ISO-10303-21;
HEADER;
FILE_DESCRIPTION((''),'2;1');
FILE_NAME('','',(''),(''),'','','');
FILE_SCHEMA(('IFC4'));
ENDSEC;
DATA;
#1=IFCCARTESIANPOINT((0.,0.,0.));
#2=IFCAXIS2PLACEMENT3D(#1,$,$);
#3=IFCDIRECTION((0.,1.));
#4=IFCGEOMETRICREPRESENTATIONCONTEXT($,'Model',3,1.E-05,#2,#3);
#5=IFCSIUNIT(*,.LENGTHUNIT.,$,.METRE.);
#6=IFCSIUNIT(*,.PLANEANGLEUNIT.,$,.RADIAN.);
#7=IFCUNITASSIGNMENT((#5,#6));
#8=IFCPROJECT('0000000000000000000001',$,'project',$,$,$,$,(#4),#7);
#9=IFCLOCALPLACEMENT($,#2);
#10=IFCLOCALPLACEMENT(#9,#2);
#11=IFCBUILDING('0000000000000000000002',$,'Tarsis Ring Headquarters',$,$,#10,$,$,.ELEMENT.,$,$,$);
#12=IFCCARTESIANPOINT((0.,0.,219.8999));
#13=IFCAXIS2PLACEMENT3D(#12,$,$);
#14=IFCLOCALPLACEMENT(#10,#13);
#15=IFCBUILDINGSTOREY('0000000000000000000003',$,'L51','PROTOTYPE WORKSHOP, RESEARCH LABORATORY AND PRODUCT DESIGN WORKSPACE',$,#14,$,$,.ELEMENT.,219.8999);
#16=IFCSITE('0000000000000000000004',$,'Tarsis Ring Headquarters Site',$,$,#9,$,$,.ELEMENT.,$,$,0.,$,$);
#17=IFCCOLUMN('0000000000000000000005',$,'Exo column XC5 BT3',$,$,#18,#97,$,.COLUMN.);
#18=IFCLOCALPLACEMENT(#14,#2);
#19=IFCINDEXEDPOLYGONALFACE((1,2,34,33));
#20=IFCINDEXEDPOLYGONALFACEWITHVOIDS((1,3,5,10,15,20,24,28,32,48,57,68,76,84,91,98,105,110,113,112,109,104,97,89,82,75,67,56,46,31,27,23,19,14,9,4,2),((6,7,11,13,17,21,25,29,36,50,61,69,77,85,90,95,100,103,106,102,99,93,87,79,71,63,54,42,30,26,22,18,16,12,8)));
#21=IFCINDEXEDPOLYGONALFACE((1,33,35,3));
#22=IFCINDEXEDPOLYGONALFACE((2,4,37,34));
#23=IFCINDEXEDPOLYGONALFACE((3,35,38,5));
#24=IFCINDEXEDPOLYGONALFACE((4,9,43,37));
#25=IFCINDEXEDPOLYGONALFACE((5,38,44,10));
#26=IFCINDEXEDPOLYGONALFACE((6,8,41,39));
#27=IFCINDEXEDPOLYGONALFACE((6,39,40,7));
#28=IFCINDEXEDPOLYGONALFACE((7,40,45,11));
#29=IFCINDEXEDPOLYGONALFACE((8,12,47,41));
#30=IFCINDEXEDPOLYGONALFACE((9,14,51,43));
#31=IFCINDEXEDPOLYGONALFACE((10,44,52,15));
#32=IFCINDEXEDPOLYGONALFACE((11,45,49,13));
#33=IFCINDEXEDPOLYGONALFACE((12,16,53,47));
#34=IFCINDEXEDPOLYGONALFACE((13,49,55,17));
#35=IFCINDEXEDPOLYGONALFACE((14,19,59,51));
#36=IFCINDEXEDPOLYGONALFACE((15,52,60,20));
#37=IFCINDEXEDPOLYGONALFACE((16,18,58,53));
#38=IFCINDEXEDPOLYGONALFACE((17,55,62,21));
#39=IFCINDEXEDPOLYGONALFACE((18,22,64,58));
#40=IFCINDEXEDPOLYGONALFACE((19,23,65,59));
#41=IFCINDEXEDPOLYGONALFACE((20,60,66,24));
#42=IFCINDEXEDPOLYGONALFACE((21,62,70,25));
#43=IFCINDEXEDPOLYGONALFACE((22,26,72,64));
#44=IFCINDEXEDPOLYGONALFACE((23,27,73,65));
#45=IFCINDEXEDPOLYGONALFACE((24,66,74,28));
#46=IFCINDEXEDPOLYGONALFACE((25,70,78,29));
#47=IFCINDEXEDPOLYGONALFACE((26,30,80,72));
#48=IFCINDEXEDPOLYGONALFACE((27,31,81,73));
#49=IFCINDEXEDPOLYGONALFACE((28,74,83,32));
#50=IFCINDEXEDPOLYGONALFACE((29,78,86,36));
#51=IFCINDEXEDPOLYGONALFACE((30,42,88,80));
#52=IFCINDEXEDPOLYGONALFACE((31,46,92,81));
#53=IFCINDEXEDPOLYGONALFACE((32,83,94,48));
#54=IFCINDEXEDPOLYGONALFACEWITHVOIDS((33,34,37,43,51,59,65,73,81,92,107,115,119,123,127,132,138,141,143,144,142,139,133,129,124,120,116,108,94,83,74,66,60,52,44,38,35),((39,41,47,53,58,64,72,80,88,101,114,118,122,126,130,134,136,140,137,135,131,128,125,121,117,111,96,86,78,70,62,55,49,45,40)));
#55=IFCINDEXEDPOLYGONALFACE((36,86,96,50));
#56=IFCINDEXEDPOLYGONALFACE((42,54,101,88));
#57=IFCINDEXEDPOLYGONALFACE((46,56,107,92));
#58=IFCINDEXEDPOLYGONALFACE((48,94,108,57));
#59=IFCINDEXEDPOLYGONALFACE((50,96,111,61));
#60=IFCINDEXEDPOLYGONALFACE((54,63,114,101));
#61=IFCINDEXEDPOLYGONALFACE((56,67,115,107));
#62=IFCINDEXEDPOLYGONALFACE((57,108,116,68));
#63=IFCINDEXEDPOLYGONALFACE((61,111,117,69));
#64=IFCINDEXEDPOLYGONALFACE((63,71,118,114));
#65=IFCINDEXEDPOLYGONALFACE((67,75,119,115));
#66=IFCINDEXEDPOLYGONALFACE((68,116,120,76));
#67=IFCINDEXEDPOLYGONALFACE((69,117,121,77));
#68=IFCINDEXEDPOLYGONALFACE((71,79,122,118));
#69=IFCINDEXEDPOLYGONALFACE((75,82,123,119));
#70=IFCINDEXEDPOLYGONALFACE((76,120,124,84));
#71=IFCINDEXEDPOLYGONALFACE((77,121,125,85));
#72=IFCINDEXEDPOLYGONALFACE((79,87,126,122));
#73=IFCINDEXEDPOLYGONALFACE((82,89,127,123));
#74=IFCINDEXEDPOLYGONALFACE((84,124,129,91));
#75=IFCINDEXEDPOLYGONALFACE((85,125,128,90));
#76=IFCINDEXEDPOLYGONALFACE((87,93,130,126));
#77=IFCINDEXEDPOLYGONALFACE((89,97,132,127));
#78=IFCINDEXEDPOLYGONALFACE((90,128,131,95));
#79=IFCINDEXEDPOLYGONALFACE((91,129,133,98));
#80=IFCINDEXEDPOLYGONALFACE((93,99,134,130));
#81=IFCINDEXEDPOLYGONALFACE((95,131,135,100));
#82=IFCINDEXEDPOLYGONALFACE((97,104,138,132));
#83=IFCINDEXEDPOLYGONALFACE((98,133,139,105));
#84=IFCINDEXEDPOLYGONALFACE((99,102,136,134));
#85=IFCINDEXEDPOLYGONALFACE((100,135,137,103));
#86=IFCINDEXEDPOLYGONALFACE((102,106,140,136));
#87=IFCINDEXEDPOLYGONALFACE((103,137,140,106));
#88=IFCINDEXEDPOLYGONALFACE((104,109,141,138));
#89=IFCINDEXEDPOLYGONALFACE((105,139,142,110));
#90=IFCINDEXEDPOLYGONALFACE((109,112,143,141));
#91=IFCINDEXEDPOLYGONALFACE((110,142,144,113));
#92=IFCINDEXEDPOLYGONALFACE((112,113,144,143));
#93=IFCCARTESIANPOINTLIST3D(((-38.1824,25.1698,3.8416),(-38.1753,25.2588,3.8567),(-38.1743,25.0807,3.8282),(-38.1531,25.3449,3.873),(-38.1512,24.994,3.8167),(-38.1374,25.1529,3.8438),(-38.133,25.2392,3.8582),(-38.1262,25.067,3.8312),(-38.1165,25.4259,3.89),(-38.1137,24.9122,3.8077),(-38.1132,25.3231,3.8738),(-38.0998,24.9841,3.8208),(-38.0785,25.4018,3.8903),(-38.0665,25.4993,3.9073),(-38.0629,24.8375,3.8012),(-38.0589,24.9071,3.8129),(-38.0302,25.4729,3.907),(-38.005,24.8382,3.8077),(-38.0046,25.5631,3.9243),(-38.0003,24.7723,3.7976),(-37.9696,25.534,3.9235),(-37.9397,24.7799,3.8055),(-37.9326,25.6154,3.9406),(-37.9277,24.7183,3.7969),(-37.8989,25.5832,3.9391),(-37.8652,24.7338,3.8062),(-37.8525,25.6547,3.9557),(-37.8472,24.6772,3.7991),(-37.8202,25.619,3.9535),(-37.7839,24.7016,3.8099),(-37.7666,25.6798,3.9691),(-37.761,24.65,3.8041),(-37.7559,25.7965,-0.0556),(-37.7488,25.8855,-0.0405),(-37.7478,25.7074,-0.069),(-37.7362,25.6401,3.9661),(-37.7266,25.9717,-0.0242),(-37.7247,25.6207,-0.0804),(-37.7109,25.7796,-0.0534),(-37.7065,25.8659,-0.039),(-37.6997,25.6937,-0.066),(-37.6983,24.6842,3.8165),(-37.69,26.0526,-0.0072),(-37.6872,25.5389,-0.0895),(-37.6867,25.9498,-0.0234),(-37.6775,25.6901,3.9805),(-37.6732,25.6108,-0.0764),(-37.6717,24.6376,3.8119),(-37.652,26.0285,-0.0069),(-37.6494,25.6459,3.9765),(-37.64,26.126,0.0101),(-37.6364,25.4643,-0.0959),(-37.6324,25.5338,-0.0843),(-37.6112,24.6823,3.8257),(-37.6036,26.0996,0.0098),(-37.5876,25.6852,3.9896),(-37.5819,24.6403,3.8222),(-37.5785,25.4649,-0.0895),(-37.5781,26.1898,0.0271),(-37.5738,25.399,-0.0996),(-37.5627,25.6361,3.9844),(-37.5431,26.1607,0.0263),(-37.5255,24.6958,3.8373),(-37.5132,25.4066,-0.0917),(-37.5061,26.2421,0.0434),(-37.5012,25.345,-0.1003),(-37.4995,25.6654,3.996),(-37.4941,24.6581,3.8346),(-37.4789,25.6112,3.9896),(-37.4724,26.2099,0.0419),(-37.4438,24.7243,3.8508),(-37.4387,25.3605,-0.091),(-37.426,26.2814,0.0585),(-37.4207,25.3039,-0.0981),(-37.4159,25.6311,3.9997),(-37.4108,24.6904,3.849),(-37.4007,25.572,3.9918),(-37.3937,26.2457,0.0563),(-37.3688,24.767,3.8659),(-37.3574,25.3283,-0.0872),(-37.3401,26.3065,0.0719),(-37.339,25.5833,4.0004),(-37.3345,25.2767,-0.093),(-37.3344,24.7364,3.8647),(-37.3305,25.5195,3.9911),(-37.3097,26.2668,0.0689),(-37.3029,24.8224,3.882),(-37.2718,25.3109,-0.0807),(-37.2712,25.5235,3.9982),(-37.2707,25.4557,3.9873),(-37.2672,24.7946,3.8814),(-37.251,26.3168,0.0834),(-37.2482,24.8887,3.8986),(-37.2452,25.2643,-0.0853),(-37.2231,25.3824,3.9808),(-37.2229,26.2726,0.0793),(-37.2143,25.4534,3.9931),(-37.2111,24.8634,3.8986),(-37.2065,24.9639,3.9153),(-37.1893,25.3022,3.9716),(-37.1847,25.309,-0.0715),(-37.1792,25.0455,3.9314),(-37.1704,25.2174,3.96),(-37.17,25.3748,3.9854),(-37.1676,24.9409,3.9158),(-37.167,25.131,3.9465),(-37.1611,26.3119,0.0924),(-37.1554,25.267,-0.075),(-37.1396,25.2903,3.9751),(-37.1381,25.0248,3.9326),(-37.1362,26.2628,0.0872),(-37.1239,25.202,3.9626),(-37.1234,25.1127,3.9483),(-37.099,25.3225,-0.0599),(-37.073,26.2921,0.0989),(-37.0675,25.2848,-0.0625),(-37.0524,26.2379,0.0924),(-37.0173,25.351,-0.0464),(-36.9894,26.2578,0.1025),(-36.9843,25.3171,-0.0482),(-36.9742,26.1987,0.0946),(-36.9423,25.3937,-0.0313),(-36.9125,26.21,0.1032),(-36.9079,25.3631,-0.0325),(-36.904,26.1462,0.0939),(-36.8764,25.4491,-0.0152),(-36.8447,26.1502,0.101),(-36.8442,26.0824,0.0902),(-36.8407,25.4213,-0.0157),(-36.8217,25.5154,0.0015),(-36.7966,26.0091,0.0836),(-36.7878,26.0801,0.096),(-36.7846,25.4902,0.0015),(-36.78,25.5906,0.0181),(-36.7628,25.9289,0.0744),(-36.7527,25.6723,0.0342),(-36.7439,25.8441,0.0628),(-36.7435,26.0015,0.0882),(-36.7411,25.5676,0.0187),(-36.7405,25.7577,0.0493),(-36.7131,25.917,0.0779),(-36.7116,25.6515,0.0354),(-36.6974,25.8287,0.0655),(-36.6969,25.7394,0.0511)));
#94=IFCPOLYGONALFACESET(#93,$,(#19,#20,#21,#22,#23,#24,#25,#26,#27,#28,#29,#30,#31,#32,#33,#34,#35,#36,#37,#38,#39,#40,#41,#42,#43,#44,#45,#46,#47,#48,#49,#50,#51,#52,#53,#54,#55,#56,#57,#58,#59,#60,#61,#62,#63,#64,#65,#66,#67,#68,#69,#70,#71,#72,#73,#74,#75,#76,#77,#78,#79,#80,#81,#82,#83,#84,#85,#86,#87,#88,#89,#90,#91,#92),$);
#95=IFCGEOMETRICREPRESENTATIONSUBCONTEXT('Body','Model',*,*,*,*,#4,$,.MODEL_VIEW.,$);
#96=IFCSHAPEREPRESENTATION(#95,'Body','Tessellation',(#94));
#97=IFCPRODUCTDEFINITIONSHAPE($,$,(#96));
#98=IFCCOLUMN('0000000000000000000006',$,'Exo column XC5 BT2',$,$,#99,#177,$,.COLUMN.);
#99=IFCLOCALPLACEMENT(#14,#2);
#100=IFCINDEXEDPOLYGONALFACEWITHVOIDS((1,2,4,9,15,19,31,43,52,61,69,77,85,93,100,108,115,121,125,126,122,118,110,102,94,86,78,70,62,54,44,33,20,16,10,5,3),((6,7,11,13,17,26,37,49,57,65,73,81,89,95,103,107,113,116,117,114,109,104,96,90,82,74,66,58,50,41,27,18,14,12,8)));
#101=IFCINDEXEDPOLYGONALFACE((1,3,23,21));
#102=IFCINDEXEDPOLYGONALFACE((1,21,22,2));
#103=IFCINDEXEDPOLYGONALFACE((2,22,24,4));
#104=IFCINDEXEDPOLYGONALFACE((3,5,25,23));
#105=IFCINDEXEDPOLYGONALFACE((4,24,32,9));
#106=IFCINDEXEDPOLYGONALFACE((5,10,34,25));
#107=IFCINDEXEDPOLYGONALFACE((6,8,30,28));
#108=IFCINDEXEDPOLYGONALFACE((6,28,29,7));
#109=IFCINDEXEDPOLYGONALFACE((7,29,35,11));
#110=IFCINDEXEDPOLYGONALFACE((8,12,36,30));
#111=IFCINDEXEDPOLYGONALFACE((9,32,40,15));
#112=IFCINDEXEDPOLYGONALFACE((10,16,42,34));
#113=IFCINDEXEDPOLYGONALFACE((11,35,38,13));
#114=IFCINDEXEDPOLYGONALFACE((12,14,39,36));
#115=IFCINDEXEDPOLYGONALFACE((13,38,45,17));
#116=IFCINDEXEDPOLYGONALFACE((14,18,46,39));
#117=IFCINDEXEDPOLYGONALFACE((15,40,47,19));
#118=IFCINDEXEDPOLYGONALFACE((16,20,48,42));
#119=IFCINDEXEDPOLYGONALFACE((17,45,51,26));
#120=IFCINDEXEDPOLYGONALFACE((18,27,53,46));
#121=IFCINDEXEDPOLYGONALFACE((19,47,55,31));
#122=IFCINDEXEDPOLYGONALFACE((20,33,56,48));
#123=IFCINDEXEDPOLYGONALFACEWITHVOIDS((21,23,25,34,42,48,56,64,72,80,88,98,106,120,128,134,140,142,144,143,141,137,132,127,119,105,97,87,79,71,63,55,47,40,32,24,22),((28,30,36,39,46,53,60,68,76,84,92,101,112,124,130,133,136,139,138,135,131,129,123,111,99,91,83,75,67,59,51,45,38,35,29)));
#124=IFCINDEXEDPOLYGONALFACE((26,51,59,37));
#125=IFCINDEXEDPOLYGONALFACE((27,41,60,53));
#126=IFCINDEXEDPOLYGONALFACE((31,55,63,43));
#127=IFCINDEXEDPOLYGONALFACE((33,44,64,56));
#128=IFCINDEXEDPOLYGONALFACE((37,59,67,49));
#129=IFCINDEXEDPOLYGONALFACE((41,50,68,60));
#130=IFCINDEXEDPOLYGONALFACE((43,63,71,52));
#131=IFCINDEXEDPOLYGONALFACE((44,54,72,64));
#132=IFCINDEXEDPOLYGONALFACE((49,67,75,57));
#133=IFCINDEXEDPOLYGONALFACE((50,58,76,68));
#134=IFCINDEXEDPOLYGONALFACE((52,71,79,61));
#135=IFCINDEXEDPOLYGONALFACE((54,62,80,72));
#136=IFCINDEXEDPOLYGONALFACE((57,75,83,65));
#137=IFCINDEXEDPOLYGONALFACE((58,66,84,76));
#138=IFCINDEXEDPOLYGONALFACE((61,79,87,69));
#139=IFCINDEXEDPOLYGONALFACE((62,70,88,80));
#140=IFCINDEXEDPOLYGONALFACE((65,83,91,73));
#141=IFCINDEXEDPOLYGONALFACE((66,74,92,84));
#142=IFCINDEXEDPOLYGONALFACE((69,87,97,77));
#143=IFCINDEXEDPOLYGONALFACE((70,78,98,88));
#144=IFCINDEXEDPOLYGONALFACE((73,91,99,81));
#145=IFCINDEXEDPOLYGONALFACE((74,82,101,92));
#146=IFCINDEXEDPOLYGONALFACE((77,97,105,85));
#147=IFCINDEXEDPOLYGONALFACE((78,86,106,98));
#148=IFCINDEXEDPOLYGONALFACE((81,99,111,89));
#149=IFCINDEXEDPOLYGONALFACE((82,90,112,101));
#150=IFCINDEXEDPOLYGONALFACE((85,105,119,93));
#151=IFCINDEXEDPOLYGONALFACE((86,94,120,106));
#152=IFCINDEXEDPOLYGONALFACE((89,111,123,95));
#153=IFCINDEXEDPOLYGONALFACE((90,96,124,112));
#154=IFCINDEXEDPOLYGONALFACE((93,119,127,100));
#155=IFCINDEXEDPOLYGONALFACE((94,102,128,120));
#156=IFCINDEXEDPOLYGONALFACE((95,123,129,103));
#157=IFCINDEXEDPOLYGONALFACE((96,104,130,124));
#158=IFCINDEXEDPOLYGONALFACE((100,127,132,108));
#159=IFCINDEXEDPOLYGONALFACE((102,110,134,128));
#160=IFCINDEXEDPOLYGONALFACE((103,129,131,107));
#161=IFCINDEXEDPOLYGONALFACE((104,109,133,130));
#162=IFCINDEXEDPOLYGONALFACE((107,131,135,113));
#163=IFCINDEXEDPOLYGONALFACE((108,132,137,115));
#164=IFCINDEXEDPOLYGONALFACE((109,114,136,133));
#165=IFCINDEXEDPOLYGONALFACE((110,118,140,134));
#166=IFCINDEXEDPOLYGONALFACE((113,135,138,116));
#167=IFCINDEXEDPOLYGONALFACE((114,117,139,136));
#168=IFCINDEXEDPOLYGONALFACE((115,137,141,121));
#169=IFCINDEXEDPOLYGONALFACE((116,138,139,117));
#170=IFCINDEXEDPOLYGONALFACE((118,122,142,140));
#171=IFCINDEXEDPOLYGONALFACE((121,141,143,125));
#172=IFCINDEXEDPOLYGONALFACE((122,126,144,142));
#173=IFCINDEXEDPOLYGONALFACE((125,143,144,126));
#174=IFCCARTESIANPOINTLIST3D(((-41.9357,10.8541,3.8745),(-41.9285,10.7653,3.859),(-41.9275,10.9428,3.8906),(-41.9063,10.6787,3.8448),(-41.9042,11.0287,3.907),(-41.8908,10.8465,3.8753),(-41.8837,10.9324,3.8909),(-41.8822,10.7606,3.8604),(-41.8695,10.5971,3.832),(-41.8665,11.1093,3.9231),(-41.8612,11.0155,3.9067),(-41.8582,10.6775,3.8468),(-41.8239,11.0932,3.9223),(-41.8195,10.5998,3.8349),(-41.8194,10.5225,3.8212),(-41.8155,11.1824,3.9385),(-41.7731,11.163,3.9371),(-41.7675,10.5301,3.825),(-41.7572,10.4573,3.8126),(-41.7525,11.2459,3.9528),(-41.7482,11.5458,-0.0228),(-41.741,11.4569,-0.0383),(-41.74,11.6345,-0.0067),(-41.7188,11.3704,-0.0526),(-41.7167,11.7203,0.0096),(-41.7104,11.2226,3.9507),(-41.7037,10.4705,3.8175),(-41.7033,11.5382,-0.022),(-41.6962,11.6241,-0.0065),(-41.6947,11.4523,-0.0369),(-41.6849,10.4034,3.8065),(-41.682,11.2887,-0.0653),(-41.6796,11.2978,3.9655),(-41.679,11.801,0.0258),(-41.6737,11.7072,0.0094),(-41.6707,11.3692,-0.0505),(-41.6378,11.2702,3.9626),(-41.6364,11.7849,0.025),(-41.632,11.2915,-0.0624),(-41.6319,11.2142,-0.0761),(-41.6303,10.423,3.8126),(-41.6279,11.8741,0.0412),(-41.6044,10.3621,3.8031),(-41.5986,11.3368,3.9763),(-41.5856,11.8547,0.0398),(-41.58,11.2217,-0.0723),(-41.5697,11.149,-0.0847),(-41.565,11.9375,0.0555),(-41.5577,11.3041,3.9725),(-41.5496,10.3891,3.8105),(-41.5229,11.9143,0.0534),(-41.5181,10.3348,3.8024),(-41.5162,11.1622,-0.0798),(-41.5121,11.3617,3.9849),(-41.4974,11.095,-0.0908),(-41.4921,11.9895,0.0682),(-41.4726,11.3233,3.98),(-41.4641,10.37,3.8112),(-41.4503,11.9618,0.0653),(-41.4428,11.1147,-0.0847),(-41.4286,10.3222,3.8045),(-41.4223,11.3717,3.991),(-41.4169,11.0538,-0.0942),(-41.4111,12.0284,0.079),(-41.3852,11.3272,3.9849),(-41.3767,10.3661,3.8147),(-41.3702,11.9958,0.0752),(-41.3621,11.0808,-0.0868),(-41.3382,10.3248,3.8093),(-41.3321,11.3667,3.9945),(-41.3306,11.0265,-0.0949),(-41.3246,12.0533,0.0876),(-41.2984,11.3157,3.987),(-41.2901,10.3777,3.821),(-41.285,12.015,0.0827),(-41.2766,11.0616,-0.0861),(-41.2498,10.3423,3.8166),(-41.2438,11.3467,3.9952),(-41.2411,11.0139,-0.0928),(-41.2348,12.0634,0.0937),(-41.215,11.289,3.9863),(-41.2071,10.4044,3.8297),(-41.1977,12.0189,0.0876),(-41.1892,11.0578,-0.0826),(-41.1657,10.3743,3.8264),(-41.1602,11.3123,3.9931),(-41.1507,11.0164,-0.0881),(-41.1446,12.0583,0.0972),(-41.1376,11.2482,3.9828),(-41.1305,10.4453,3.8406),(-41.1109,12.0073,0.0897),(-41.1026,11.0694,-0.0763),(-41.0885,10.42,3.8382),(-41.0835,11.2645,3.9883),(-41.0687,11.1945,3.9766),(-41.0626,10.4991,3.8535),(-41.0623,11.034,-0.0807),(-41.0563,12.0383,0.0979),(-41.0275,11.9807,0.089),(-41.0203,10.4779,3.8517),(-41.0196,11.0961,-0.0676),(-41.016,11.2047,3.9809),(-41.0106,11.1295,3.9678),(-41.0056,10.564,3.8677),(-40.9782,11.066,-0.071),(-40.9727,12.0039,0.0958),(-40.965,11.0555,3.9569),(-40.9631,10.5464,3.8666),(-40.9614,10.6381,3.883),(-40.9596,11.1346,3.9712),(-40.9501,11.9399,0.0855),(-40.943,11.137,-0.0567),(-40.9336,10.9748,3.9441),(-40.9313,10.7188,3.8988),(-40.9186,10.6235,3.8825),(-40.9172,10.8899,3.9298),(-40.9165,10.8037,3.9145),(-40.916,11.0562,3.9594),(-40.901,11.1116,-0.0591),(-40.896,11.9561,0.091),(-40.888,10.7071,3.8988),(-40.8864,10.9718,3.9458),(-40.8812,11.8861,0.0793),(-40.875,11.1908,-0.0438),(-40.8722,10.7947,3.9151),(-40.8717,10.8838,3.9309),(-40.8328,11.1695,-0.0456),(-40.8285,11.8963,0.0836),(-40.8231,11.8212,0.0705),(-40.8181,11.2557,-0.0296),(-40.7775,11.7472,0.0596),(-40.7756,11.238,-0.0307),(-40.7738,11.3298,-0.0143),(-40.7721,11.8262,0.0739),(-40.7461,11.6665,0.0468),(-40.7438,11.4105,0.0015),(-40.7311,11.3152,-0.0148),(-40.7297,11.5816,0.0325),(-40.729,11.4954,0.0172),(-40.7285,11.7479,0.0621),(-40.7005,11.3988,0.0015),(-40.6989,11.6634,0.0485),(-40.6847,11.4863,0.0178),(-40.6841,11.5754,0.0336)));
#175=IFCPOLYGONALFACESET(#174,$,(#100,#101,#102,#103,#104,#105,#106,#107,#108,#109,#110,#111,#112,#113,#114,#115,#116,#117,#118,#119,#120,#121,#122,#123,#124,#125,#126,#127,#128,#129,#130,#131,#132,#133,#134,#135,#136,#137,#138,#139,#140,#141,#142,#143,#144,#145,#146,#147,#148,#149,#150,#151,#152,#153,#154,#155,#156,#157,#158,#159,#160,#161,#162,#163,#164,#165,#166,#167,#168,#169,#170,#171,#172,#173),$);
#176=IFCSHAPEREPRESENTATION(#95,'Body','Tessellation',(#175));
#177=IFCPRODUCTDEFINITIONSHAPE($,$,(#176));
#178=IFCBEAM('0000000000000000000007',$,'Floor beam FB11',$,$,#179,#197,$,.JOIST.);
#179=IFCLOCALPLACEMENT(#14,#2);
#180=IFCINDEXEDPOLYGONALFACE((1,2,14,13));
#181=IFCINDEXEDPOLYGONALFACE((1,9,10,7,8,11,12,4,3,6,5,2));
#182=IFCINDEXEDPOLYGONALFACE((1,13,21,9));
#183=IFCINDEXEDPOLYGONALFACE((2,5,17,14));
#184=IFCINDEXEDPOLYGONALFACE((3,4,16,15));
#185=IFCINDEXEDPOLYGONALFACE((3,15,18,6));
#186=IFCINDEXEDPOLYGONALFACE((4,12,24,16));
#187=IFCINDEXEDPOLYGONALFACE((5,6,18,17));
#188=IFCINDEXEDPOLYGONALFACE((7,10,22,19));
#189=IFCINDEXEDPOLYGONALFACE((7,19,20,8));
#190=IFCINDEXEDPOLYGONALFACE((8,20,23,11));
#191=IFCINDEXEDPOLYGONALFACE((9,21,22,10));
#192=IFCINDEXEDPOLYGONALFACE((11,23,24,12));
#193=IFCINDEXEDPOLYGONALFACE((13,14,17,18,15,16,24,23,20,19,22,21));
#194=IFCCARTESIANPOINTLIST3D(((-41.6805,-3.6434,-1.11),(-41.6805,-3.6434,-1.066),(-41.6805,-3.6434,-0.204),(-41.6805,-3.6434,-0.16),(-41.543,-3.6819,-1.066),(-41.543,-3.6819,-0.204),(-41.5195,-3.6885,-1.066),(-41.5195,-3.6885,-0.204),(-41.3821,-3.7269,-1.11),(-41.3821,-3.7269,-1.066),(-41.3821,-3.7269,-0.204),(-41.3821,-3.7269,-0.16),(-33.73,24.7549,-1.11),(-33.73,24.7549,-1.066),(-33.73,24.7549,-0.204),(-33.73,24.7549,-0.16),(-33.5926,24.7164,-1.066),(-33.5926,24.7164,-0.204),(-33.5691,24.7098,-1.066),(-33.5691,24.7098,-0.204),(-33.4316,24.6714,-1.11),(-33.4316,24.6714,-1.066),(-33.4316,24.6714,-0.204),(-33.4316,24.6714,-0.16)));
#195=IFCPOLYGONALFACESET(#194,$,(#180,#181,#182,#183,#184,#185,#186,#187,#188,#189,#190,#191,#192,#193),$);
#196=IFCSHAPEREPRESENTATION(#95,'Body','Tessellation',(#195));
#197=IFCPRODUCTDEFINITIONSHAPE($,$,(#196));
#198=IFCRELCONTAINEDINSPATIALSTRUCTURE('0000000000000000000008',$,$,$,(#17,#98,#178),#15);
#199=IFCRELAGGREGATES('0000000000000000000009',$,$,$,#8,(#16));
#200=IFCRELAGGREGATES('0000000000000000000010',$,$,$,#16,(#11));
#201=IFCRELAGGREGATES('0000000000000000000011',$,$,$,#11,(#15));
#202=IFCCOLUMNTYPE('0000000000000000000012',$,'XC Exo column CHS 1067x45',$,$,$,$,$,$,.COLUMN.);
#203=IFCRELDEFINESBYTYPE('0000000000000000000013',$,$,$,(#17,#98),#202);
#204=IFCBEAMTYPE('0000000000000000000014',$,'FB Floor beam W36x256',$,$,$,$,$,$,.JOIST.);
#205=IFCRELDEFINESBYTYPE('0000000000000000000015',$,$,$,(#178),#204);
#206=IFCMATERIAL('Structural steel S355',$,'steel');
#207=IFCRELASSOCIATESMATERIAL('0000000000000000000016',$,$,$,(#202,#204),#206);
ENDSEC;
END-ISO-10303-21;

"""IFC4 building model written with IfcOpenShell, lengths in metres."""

from ifc_helpers import new_model, si_unit, direction, frame, origin, origin_2d, place, context, subcontext, project, spatial, hollow_circle, i_section, extrude, material, material_profile, profile_set, type_object, element, save


model = new_model("IFC4")

# Units and contexts
model_context = context("Model", 3, precision=1e-05, world=origin(), true_north=direction((0.0, 1.0)))
body_context = subcontext(model_context, "Body", "Model", "MODEL_VIEW")
ifc_project = project(units=[si_unit("LENGTHUNIT", "METRE"), si_unit("PLANEANGLEUNIT", "RADIAN")], contexts=[model_context])

# Site, building, storey
site_placement = place(None, origin())
site = spatial("IfcSite", under=ifc_project, at=site_placement, Name="Tarsis Ring Headquarters Site", CompositionType="ELEMENT", RefElevation=0.0)
building_placement = place(site_placement, origin())
building = spatial("IfcBuilding", under=site, at=building_placement, Name="Tarsis Ring Headquarters", CompositionType="ELEMENT")
storey_placement = place(building_placement, frame((0.0, 0.0, 219.8999)))
storey = spatial("IfcBuildingStorey", under=building, at=storey_placement, Name="L51", Description="PROTOTYPE WORKSHOP, RESEARCH LABORATORY AND PRODUCT DESIGN WORKSPACE", CompositionType="ELEMENT", Elevation=219.8999)

# Columns
ifc_material_1 = material(Name="Structural steel S355", Category="steel")
ifc_material_profile_1 = material_profile(ifc_material_1, hollow_circle(Radius=0.5334, WallThickness=0.0449, at=origin_2d()), Name="CHS 1067x45")
ifc_profile_set_1 = profile_set([ifc_material_profile_1], Name="Structural steel S355")
column_type = type_object("IfcColumnType", Name="XC Exo column CHS 1067x45", PredefinedType="COLUMN", material=ifc_profile_set_1)
column_1_placement = place(storey_placement, frame((-37.2256, 25.7903, 0.0015), z_axis=(-0.107427, -0.157851, 0.981602), x_axis=(0.826711, -0.562627, 0.0)))
element("IfcColumn", 1, at=column_1_placement, inside=storey, type_object=column_type, Name="Exo column XC5 BT3", PredefinedType="COLUMN", context=body_context, shape_type="SweptSolid", body=[
    extrude(hollow_circle(Radius=0.5334, WallThickness=0.0449, at=origin_2d()), origin(), (0.0, 0.0, 1.0), 3.9702),
])
column_2_placement = place(storey_placement, frame((-41.2153, 11.5383, 0.0015), z_axis=(-0.047318, -0.174547, 0.983511), x_axis=(0.965164, -0.261647, 0.0)))
element("IfcColumn", 2, at=column_2_placement, inside=storey, type_object=column_type, Name="Exo column XC5 BT2", PredefinedType="COLUMN", context=body_context, shape_type="SweptSolid", body=[
    extrude(hollow_circle(Radius=0.5334, WallThickness=0.0449, at=origin_2d()), origin(), (0.0, 0.0, 1.0), 3.9626),
])

# Beam
ifc_material_profile_2 = material_profile(ifc_material_1, i_section(OverallWidth=0.3098, OverallDepth=0.95, WebThickness=0.0244, FlangeThickness=0.0439, at=origin_2d()), Name="W36x256")
ifc_profile_set_2 = profile_set([ifc_material_profile_2], Name="Structural steel S355")
beam_type_1 = type_object("IfcBeamType", Name="FB Floor beam W36x256", PredefinedType="JOIST", material=ifc_profile_set_2)
beam_1_placement = place(storey_placement, frame((-33.5808, 24.7131, -0.635), z_axis=(-0.269597, -0.962973, 0.0), x_axis=(0.962973, -0.269597, 0.0)))
element("IfcBeam", 3, at=beam_1_placement, inside=storey, type_object=beam_type_1, Name="Floor beam FB11", PredefinedType="JOIST", context=body_context, shape_type="SweptSolid", body=[
    extrude(i_section(OverallWidth=0.3098, OverallDepth=0.95, WebThickness=0.0244, FlangeThickness=0.0439, at=origin_2d()), origin(), (0.0, 0.0, 1.0), 29.4902),
])

save(model, "model.ifc")
